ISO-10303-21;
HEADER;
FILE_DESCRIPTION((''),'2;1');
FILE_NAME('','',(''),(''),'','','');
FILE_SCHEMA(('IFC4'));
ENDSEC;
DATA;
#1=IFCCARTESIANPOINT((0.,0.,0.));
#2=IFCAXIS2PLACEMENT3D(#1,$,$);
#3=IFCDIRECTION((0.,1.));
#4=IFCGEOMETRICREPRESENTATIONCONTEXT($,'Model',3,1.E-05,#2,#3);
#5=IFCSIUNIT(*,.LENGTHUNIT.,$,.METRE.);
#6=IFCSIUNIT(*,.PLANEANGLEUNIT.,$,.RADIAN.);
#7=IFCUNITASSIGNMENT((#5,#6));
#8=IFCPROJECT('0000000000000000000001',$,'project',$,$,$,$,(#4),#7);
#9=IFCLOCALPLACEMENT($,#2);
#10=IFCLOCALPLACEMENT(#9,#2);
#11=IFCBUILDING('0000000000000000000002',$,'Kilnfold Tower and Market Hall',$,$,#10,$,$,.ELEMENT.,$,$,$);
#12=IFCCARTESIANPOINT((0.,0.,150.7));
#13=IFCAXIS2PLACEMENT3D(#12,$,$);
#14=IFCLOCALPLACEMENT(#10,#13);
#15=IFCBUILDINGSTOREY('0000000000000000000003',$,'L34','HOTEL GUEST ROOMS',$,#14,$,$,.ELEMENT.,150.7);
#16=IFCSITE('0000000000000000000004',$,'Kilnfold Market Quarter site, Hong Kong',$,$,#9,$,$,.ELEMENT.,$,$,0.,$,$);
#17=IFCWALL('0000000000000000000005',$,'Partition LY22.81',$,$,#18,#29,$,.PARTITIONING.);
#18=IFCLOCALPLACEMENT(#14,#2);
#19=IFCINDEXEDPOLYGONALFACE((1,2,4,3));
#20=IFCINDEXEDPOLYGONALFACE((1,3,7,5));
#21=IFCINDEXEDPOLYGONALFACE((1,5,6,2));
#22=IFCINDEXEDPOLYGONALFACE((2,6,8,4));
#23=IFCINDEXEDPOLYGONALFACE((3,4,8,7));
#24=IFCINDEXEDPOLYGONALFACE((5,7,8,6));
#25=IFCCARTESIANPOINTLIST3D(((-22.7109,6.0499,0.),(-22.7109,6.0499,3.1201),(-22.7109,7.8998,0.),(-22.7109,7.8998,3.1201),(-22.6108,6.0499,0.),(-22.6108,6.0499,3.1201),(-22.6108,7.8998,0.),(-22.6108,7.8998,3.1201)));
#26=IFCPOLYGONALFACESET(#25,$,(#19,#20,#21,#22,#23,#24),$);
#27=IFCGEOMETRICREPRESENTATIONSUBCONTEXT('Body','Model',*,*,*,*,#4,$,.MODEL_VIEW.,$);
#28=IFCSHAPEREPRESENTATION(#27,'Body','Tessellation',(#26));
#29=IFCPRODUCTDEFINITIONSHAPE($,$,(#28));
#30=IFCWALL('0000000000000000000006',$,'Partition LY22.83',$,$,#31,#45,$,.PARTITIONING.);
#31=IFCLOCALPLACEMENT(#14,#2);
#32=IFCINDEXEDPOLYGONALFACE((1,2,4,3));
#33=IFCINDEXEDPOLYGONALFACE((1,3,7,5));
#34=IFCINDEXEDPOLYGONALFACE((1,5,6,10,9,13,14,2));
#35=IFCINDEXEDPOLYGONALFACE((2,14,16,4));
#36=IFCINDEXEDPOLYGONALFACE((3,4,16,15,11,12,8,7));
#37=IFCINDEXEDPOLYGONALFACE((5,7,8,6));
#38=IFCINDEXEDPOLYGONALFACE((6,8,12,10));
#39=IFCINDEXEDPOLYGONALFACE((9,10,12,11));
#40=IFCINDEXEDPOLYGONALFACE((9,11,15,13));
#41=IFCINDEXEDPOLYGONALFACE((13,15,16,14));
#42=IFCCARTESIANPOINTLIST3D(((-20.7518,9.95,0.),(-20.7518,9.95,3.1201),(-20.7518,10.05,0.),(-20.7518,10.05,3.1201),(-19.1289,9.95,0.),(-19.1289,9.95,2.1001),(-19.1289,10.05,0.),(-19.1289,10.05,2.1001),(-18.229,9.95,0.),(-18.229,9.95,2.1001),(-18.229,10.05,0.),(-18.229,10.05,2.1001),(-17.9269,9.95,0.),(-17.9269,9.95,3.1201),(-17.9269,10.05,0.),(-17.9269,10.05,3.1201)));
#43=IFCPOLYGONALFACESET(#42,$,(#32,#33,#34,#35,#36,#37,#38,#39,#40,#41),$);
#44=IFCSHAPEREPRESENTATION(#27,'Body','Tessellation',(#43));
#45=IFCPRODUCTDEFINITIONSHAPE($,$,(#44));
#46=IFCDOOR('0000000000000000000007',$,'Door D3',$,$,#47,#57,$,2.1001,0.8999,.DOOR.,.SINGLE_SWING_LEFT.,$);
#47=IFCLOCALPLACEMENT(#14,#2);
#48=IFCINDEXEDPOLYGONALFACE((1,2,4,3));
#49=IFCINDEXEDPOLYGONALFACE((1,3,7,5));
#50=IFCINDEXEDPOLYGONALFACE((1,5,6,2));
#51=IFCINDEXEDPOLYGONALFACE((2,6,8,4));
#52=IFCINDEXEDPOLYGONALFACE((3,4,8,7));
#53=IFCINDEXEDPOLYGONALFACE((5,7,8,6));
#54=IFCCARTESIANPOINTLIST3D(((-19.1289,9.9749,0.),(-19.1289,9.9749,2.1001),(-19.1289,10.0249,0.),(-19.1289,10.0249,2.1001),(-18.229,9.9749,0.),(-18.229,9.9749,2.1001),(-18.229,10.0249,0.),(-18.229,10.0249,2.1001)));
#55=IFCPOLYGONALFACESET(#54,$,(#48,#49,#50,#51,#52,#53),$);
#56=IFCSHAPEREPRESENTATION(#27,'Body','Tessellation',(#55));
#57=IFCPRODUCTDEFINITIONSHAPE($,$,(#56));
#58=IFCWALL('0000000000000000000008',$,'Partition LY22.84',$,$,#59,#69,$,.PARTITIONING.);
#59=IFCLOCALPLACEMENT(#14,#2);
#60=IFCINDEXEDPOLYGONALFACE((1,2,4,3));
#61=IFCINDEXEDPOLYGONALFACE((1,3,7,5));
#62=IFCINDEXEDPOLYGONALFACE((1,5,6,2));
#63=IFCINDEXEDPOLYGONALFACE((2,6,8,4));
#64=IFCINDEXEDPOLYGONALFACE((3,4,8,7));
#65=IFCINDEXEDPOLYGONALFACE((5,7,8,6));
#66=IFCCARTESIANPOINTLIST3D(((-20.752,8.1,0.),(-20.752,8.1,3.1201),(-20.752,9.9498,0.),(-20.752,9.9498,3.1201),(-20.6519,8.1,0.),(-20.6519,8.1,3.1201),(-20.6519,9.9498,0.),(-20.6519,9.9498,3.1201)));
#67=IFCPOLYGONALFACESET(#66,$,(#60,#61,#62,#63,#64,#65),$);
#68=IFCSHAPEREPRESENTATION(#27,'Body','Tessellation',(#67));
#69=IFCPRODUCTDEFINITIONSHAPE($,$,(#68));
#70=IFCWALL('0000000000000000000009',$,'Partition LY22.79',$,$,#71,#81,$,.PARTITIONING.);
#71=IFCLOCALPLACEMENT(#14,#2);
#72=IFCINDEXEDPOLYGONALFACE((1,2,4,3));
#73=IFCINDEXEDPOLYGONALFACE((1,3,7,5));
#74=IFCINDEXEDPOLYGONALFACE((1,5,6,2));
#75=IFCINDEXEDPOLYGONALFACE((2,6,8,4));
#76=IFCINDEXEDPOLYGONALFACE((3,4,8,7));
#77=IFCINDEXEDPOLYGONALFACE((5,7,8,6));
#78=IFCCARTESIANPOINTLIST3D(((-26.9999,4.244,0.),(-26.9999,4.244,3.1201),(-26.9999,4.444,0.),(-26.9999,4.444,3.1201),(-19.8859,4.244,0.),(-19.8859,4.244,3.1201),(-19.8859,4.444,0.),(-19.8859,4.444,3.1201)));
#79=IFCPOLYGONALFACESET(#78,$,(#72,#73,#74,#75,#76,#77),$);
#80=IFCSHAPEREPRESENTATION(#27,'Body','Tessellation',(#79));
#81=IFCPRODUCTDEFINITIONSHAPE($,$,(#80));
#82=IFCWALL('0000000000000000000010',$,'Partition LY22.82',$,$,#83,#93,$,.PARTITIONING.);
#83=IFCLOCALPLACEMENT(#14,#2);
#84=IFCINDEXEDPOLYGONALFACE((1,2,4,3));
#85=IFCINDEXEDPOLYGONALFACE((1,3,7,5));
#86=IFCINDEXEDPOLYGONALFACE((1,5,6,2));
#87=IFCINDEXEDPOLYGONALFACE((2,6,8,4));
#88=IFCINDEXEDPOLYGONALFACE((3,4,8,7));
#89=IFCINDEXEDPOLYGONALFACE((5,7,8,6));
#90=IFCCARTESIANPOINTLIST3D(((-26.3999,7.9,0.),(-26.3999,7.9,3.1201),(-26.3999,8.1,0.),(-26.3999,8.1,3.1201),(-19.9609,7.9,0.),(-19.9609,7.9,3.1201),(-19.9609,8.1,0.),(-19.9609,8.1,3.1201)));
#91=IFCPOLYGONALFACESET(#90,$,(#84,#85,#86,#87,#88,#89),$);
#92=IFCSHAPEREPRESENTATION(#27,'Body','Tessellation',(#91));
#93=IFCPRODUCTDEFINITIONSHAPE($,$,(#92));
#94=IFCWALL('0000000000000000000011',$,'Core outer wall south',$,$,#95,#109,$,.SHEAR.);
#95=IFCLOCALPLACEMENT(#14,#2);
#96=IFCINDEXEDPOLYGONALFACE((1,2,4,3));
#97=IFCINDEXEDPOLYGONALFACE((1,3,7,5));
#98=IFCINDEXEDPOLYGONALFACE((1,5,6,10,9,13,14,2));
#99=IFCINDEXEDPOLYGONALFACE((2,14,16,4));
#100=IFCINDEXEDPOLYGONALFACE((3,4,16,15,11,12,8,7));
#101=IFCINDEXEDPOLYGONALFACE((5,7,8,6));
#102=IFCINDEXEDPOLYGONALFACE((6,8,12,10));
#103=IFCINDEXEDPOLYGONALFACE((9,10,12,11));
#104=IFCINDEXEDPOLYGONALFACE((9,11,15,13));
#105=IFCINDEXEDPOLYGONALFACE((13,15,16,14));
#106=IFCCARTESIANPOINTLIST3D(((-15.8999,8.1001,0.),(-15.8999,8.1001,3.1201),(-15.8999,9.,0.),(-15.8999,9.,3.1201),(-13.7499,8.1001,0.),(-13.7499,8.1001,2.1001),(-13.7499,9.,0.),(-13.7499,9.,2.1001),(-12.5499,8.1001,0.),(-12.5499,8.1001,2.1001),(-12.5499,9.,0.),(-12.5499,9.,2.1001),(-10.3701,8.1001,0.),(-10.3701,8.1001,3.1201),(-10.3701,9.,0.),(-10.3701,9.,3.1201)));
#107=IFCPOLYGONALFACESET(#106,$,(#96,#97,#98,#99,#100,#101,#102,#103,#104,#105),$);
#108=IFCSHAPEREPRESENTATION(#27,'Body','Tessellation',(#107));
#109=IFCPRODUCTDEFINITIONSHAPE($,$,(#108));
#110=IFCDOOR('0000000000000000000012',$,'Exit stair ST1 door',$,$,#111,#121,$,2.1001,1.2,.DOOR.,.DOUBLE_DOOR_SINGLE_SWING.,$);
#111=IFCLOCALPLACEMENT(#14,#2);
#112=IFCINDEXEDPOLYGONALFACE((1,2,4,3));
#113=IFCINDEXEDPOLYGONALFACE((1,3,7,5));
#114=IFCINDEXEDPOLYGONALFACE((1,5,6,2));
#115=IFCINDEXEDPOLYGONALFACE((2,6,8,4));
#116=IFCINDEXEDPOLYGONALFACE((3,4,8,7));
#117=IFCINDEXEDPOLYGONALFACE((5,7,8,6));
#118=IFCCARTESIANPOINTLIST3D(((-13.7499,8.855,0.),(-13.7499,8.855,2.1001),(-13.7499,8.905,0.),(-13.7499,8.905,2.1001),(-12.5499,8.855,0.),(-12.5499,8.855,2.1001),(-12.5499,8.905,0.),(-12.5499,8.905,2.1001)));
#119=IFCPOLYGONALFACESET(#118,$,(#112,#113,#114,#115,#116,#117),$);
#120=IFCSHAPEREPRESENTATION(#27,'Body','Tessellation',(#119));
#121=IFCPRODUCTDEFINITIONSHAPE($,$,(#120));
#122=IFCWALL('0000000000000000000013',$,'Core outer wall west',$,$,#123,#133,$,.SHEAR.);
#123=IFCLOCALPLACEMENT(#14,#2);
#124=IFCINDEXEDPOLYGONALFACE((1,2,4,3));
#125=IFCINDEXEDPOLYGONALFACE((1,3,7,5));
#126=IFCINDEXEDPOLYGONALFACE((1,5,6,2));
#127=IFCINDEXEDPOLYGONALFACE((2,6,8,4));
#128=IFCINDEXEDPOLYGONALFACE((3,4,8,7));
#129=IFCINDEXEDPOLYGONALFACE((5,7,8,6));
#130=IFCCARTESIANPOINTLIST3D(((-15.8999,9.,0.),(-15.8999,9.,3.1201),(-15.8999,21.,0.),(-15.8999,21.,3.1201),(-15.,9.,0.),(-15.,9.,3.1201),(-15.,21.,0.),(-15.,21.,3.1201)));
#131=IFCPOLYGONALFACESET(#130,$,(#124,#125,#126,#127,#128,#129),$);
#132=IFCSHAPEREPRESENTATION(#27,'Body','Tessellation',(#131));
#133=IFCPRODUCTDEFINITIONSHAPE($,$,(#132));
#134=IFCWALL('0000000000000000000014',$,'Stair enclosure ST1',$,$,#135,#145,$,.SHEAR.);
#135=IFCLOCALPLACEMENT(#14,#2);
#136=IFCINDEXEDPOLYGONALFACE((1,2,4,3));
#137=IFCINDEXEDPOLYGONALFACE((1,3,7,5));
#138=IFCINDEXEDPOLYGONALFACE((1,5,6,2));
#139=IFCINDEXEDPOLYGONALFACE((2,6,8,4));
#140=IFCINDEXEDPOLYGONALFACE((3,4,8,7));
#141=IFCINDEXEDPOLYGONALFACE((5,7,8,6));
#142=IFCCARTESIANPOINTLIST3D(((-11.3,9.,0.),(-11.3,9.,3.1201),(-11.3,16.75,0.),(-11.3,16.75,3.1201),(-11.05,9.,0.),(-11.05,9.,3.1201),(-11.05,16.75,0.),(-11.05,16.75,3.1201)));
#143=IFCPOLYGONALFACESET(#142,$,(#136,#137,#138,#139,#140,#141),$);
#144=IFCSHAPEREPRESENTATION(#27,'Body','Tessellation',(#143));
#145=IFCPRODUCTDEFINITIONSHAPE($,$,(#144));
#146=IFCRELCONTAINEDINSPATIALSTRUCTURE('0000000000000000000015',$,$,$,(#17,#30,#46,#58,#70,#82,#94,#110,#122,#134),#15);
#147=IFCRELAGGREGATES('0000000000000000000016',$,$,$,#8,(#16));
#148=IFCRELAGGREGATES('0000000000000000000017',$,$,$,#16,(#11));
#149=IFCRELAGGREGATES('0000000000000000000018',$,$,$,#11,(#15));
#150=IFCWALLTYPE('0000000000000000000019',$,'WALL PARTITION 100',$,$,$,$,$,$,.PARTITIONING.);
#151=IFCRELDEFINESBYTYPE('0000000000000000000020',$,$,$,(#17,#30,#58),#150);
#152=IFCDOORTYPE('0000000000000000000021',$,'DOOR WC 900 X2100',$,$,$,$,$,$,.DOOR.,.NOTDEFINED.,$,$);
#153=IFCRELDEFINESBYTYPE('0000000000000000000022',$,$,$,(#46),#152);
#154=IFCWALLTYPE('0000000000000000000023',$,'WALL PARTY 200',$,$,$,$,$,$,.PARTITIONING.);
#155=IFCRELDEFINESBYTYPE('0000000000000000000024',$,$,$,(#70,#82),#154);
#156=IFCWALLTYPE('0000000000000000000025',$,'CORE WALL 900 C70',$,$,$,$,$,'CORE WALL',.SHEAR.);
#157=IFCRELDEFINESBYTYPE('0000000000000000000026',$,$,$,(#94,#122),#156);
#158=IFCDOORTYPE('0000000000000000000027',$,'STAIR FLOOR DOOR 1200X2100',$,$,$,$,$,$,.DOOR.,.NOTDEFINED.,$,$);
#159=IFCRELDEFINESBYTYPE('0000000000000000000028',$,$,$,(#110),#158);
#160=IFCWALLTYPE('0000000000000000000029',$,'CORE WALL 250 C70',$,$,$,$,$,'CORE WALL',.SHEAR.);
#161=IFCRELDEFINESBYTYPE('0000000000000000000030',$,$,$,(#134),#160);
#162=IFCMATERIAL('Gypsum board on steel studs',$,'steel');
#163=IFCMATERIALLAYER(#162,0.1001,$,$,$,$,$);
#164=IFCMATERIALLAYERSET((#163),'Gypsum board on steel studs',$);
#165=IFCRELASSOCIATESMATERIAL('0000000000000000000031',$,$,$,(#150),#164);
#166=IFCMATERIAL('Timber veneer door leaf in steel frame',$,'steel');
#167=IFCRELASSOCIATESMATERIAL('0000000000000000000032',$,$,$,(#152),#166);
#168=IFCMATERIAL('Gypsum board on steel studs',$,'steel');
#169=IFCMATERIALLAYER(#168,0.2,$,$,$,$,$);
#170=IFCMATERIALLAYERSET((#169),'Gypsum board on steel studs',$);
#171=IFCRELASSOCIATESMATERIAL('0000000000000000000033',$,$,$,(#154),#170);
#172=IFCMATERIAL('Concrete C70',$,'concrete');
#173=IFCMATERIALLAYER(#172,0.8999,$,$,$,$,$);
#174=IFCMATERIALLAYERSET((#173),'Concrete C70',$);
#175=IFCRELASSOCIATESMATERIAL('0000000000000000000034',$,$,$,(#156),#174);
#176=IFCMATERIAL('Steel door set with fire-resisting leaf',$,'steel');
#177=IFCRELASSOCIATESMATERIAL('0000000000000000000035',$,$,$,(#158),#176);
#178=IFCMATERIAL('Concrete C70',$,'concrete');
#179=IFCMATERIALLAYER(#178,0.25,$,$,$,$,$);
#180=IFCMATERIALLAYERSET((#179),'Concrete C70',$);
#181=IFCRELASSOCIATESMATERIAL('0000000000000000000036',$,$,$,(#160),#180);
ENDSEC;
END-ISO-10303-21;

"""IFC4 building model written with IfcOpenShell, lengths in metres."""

from ifc_helpers import new_model, si_unit, direction, frame, frame_2d, origin, place, context, subcontext, project, spatial, rectangle, extrude, source, transform, mapped, material, layer, layer_set, type_object, element, fill, save


model = new_model("IFC4")

# Units and contexts
model_context = context("Model", 3, precision=1e-05, world=origin(), true_north=direction((0.0, 1.0)))
body_context = subcontext(model_context, "Body", "Model", "MODEL_VIEW")
ifc_project = project(units=[si_unit("LENGTHUNIT", "METRE"), si_unit("PLANEANGLEUNIT", "RADIAN")], contexts=[model_context])

# Site, building, storey
site_placement = place(None, origin())
site = spatial("IfcSite", under=ifc_project, at=site_placement, Name="Kilnfold Market Quarter site, Hong Kong", CompositionType="ELEMENT", RefElevation=0.0)
building_placement = place(site_placement, origin())
building = spatial("IfcBuilding", under=site, at=building_placement, Name="Kilnfold Tower and Market Hall", CompositionType="ELEMENT")
storey_placement = place(building_placement, frame((0.0, 0.0, 150.7)))
storey = spatial("IfcBuildingStorey", under=building, at=storey_placement, Name="L34", Description="HOTEL GUEST ROOMS", CompositionType="ELEMENT", Elevation=150.7)

# Shared definitions
ifc_material_1 = material(Name="Gypsum board on steel studs", Category="steel")
ifc_layer_1 = layer(ifc_material_1, 0.1001)
ifc_layer_set_1 = layer_set([ifc_layer_1], Name="Gypsum board on steel studs")
wall_type_1 = type_object("IfcWallType", Name="WALL PARTITION 100", PredefinedType="PARTITIONING", material=ifc_layer_set_1)
ifc_material_2 = material(Name="Timber veneer door leaf in steel frame", Category="steel")
door_type_1 = type_object("IfcDoorType", Name="DOOR WC 900 X2100", OperationType="NOTDEFINED", PredefinedType="DOOR", material=ifc_material_2)

# Wall
wall_1_placement = place(storey_placement, frame((-22.6609, 6.05, 0.0), z_axis=(0.0, 0.0, 1.0), x_axis=(0.0, 1.0, 0.0)))
element("IfcWall", 1, at=wall_1_placement, inside=storey, type_object=wall_type_1, Name="Partition LY22.81", PredefinedType="PARTITIONING", context=body_context, shape_type="SweptSolid", body=[
    extrude(rectangle(XDim=1.8499, YDim=0.1001, at=frame_2d((0.9248, 0.0))), origin(), (0.0, 0.0, 1.0), 3.1201),
])

# Wall, opening, door
wall_2_placement = place(storey_placement, frame((-20.752, 10.0, 0.0), z_axis=(0.0, 0.0, 1.0), x_axis=(1.0, 0.0, 0.0)))
wall_2 = element("IfcWall", 2, at=wall_2_placement, inside=storey, type_object=wall_type_1, Name="Partition LY22.83", PredefinedType="PARTITIONING", context=body_context, shape_type="SweptSolid", body=[
    extrude(rectangle(XDim=2.825, YDim=0.1001, at=frame_2d((1.4126, 0.0))), origin(), (0.0, 0.0, 1.0), 3.1201),
])
opening_1_placement = place(wall_2_placement, frame((1.623, 0.0, 0.0)))
opening_1 = element("IfcOpeningElement", 3, at=opening_1_placement, cuts=wall_2, PredefinedType="OPENING", context=body_context, shape_type="SweptSolid", body=[
    extrude(rectangle(XDim=0.8999, YDim=2.1001, at=frame_2d((0.45, 1.05))), frame((0.0, 0.0601, 0.0), z_axis=(0.0, -1.0, 0.0), x_axis=(1.0, 0.0, 0.0)), (0.0, 0.0, 1.0), 0.1201),
])
door_1_placement = place(opening_1_placement, origin())
door_1 = element("IfcDoor", 4, at=door_1_placement, inside=storey, type_object=door_type_1, Name="Door D3", OperationType="SINGLE_SWING_LEFT", OverallHeight=2.1001, OverallWidth=0.8999, PredefinedType="DOOR", context=body_context, shape_type="SweptSolid", body=[
    extrude(rectangle(XDim=0.8999, YDim=2.1001, at=frame_2d((0.45, 1.05))), frame((0.0, 0.0249, 0.0), z_axis=(0.0, -1.0, 0.0), x_axis=(1.0, 0.0, 0.0)), (0.0, 0.0, 1.0), 0.05),
])
fill(opening_1, door_1)

# Walls
wall_3_placement = place(storey_placement, frame((-20.7019, 8.1001, 0.0), z_axis=(0.0, 0.0, 1.0), x_axis=(0.0, 1.0, 0.0)))
element("IfcWall", 5, at=wall_3_placement, inside=storey, type_object=wall_type_1, Name="Partition LY22.84", PredefinedType="PARTITIONING", context=body_context, shape_type="SweptSolid", body=[
    extrude(rectangle(XDim=1.8499, YDim=0.1001, at=frame_2d((0.9248, 0.0))), origin(), (0.0, 0.0, 1.0), 3.1201),
])
ifc_material_3 = material(Name="Gypsum board on steel studs", Category="steel")
ifc_layer_2 = layer(ifc_material_3, 0.2)
ifc_layer_set_2 = layer_set([ifc_layer_2], Name="Gypsum board on steel studs")
wall_type_2 = type_object("IfcWallType", Name="WALL PARTY 200", PredefinedType="PARTITIONING", material=ifc_layer_set_2)
wall_4_placement = place(storey_placement, frame((-27.0, 4.344, 0.0), z_axis=(0.0, 0.0, 1.0), x_axis=(1.0, 0.0, 0.0)))
element("IfcWall", 6, at=wall_4_placement, inside=storey, type_object=wall_type_2, Name="Partition LY22.79", PredefinedType="PARTITIONING", context=body_context, shape_type="SweptSolid", body=[
    extrude(rectangle(XDim=7.114, YDim=0.2, at=frame_2d((3.5571, 0.0))), origin(), (0.0, 0.0, 1.0), 3.1201),
])
wall_5_placement = place(storey_placement, frame((-26.3999, 8.0, 0.0), z_axis=(0.0, 0.0, 1.0), x_axis=(1.0, 0.0, 0.0)))
element("IfcWall", 7, at=wall_5_placement, inside=storey, type_object=wall_type_2, Name="Partition LY22.82", PredefinedType="PARTITIONING", context=body_context, shape_type="SweptSolid", body=[
    extrude(rectangle(XDim=6.439, YDim=0.2, at=frame_2d((3.2195, 0.0))), origin(), (0.0, 0.0, 1.0), 3.1201),
])

# Wall, opening, door
ifc_material_4 = material(Name="Concrete C70", Category="concrete")
ifc_layer_3 = layer(ifc_material_4, 0.8999)
ifc_layer_set_3 = layer_set([ifc_layer_3], Name="Concrete C70")
wall_type_3 = type_object("IfcWallType", Name="CORE WALL 900 C70", ElementType="CORE WALL", PredefinedType="SHEAR", material=ifc_layer_set_3)
shared_shape_1 = source(origin(), body_context, "Body", "SweptSolid", [
    extrude(rectangle(XDim=5.5298, YDim=0.8999, at=frame_2d((2.7649, 0.0))), origin(), (0.0, 0.0, 1.0), 3.1201),
])
wall_6_placement = place(storey_placement, frame((-15.8999, 8.55, 0.0), z_axis=(0.0, 0.0, 1.0), x_axis=(1.0, 0.0, 0.0)))
wall_6 = element("IfcWall", 8, at=wall_6_placement, inside=storey, type_object=wall_type_3, Name="Core outer wall south", PredefinedType="SHEAR", context=body_context, shape_type="MappedRepresentation", body=[
    mapped(shared_shape_1, transform((0.0, 0.0, 0.0))),
])
opening_2_placement = place(wall_6_placement, frame((2.1499, 0.0, 0.0)))
opening_2 = element("IfcOpeningElement", 9, at=opening_2_placement, cuts=wall_6, PredefinedType="OPENING", context=body_context, shape_type="SweptSolid", body=[
    extrude(rectangle(XDim=1.2, YDim=2.1001, at=frame_2d((0.6001, 1.05))), frame((0.0, 0.46, 0.0), z_axis=(0.0, -1.0, 0.0), x_axis=(1.0, 0.0, 0.0)), (0.0, 0.0, 1.0), 0.9199),
])
ifc_material_5 = material(Name="Steel door set with fire-resisting leaf", Category="steel")
door_type_2 = type_object("IfcDoorType", Name="STAIR FLOOR DOOR 1200X2100", OperationType="NOTDEFINED", PredefinedType="DOOR", material=ifc_material_5)
door_2_placement = place(opening_2_placement, origin())
door_2 = element("IfcDoor", 10, at=door_2_placement, inside=storey, type_object=door_type_2, Name="Exit stair ST1 door", OperationType="DOUBLE_DOOR_SINGLE_SWING", OverallHeight=2.1001, OverallWidth=1.2, PredefinedType="DOOR", context=body_context, shape_type="SweptSolid", body=[
    extrude(rectangle(XDim=1.2, YDim=2.1001, at=frame_2d((0.6001, 1.05))), frame((0.0, 0.355, 0.0), z_axis=(0.0, -1.0, 0.0), x_axis=(1.0, 0.0, 0.0)), (0.0, 0.0, 1.0), 0.05),
])
fill(opening_2, door_2)

# Walls
shared_shape_2 = source(origin(), body_context, "Body", "SweptSolid", [
    extrude(rectangle(XDim=12.0, YDim=0.8999, at=frame_2d((6.0, 0.0))), origin(), (0.0, 0.0, 1.0), 3.1201),
])
wall_7_placement = place(storey_placement, frame((-15.45, 9.0, 0.0), z_axis=(0.0, 0.0, 1.0), x_axis=(0.0, 1.0, 0.0)))
element("IfcWall", 11, at=wall_7_placement, inside=storey, type_object=wall_type_3, Name="Core outer wall west", PredefinedType="SHEAR", context=body_context, shape_type="MappedRepresentation", body=[
    mapped(shared_shape_2, transform((0.0, 0.0, 0.0))),
])
ifc_material_6 = material(Name="Concrete C70", Category="concrete")
ifc_layer_4 = layer(ifc_material_6, 0.25)
ifc_layer_set_4 = layer_set([ifc_layer_4], Name="Concrete C70")
wall_type_4 = type_object("IfcWallType", Name="CORE WALL 250 C70", ElementType="CORE WALL", PredefinedType="SHEAR", material=ifc_layer_set_4)
shared_shape_3 = source(origin(), body_context, "Body", "SweptSolid", [
    extrude(rectangle(XDim=7.75, YDim=0.25, at=frame_2d((3.875, 0.0))), origin(), (0.0, 0.0, 1.0), 3.1201),
])
wall_8_placement = place(storey_placement, frame((-11.175, 9.0, 0.0), z_axis=(0.0, 0.0, 1.0), x_axis=(0.0, 1.0, 0.0)))
element("IfcWall", 12, at=wall_8_placement, inside=storey, type_object=wall_type_4, Name="Stair enclosure ST1", PredefinedType="SHEAR", context=body_context, shape_type="MappedRepresentation", body=[
    mapped(shared_shape_3, transform((0.0, 0.0, 0.0))),
])

save(model, "model.ifc")
